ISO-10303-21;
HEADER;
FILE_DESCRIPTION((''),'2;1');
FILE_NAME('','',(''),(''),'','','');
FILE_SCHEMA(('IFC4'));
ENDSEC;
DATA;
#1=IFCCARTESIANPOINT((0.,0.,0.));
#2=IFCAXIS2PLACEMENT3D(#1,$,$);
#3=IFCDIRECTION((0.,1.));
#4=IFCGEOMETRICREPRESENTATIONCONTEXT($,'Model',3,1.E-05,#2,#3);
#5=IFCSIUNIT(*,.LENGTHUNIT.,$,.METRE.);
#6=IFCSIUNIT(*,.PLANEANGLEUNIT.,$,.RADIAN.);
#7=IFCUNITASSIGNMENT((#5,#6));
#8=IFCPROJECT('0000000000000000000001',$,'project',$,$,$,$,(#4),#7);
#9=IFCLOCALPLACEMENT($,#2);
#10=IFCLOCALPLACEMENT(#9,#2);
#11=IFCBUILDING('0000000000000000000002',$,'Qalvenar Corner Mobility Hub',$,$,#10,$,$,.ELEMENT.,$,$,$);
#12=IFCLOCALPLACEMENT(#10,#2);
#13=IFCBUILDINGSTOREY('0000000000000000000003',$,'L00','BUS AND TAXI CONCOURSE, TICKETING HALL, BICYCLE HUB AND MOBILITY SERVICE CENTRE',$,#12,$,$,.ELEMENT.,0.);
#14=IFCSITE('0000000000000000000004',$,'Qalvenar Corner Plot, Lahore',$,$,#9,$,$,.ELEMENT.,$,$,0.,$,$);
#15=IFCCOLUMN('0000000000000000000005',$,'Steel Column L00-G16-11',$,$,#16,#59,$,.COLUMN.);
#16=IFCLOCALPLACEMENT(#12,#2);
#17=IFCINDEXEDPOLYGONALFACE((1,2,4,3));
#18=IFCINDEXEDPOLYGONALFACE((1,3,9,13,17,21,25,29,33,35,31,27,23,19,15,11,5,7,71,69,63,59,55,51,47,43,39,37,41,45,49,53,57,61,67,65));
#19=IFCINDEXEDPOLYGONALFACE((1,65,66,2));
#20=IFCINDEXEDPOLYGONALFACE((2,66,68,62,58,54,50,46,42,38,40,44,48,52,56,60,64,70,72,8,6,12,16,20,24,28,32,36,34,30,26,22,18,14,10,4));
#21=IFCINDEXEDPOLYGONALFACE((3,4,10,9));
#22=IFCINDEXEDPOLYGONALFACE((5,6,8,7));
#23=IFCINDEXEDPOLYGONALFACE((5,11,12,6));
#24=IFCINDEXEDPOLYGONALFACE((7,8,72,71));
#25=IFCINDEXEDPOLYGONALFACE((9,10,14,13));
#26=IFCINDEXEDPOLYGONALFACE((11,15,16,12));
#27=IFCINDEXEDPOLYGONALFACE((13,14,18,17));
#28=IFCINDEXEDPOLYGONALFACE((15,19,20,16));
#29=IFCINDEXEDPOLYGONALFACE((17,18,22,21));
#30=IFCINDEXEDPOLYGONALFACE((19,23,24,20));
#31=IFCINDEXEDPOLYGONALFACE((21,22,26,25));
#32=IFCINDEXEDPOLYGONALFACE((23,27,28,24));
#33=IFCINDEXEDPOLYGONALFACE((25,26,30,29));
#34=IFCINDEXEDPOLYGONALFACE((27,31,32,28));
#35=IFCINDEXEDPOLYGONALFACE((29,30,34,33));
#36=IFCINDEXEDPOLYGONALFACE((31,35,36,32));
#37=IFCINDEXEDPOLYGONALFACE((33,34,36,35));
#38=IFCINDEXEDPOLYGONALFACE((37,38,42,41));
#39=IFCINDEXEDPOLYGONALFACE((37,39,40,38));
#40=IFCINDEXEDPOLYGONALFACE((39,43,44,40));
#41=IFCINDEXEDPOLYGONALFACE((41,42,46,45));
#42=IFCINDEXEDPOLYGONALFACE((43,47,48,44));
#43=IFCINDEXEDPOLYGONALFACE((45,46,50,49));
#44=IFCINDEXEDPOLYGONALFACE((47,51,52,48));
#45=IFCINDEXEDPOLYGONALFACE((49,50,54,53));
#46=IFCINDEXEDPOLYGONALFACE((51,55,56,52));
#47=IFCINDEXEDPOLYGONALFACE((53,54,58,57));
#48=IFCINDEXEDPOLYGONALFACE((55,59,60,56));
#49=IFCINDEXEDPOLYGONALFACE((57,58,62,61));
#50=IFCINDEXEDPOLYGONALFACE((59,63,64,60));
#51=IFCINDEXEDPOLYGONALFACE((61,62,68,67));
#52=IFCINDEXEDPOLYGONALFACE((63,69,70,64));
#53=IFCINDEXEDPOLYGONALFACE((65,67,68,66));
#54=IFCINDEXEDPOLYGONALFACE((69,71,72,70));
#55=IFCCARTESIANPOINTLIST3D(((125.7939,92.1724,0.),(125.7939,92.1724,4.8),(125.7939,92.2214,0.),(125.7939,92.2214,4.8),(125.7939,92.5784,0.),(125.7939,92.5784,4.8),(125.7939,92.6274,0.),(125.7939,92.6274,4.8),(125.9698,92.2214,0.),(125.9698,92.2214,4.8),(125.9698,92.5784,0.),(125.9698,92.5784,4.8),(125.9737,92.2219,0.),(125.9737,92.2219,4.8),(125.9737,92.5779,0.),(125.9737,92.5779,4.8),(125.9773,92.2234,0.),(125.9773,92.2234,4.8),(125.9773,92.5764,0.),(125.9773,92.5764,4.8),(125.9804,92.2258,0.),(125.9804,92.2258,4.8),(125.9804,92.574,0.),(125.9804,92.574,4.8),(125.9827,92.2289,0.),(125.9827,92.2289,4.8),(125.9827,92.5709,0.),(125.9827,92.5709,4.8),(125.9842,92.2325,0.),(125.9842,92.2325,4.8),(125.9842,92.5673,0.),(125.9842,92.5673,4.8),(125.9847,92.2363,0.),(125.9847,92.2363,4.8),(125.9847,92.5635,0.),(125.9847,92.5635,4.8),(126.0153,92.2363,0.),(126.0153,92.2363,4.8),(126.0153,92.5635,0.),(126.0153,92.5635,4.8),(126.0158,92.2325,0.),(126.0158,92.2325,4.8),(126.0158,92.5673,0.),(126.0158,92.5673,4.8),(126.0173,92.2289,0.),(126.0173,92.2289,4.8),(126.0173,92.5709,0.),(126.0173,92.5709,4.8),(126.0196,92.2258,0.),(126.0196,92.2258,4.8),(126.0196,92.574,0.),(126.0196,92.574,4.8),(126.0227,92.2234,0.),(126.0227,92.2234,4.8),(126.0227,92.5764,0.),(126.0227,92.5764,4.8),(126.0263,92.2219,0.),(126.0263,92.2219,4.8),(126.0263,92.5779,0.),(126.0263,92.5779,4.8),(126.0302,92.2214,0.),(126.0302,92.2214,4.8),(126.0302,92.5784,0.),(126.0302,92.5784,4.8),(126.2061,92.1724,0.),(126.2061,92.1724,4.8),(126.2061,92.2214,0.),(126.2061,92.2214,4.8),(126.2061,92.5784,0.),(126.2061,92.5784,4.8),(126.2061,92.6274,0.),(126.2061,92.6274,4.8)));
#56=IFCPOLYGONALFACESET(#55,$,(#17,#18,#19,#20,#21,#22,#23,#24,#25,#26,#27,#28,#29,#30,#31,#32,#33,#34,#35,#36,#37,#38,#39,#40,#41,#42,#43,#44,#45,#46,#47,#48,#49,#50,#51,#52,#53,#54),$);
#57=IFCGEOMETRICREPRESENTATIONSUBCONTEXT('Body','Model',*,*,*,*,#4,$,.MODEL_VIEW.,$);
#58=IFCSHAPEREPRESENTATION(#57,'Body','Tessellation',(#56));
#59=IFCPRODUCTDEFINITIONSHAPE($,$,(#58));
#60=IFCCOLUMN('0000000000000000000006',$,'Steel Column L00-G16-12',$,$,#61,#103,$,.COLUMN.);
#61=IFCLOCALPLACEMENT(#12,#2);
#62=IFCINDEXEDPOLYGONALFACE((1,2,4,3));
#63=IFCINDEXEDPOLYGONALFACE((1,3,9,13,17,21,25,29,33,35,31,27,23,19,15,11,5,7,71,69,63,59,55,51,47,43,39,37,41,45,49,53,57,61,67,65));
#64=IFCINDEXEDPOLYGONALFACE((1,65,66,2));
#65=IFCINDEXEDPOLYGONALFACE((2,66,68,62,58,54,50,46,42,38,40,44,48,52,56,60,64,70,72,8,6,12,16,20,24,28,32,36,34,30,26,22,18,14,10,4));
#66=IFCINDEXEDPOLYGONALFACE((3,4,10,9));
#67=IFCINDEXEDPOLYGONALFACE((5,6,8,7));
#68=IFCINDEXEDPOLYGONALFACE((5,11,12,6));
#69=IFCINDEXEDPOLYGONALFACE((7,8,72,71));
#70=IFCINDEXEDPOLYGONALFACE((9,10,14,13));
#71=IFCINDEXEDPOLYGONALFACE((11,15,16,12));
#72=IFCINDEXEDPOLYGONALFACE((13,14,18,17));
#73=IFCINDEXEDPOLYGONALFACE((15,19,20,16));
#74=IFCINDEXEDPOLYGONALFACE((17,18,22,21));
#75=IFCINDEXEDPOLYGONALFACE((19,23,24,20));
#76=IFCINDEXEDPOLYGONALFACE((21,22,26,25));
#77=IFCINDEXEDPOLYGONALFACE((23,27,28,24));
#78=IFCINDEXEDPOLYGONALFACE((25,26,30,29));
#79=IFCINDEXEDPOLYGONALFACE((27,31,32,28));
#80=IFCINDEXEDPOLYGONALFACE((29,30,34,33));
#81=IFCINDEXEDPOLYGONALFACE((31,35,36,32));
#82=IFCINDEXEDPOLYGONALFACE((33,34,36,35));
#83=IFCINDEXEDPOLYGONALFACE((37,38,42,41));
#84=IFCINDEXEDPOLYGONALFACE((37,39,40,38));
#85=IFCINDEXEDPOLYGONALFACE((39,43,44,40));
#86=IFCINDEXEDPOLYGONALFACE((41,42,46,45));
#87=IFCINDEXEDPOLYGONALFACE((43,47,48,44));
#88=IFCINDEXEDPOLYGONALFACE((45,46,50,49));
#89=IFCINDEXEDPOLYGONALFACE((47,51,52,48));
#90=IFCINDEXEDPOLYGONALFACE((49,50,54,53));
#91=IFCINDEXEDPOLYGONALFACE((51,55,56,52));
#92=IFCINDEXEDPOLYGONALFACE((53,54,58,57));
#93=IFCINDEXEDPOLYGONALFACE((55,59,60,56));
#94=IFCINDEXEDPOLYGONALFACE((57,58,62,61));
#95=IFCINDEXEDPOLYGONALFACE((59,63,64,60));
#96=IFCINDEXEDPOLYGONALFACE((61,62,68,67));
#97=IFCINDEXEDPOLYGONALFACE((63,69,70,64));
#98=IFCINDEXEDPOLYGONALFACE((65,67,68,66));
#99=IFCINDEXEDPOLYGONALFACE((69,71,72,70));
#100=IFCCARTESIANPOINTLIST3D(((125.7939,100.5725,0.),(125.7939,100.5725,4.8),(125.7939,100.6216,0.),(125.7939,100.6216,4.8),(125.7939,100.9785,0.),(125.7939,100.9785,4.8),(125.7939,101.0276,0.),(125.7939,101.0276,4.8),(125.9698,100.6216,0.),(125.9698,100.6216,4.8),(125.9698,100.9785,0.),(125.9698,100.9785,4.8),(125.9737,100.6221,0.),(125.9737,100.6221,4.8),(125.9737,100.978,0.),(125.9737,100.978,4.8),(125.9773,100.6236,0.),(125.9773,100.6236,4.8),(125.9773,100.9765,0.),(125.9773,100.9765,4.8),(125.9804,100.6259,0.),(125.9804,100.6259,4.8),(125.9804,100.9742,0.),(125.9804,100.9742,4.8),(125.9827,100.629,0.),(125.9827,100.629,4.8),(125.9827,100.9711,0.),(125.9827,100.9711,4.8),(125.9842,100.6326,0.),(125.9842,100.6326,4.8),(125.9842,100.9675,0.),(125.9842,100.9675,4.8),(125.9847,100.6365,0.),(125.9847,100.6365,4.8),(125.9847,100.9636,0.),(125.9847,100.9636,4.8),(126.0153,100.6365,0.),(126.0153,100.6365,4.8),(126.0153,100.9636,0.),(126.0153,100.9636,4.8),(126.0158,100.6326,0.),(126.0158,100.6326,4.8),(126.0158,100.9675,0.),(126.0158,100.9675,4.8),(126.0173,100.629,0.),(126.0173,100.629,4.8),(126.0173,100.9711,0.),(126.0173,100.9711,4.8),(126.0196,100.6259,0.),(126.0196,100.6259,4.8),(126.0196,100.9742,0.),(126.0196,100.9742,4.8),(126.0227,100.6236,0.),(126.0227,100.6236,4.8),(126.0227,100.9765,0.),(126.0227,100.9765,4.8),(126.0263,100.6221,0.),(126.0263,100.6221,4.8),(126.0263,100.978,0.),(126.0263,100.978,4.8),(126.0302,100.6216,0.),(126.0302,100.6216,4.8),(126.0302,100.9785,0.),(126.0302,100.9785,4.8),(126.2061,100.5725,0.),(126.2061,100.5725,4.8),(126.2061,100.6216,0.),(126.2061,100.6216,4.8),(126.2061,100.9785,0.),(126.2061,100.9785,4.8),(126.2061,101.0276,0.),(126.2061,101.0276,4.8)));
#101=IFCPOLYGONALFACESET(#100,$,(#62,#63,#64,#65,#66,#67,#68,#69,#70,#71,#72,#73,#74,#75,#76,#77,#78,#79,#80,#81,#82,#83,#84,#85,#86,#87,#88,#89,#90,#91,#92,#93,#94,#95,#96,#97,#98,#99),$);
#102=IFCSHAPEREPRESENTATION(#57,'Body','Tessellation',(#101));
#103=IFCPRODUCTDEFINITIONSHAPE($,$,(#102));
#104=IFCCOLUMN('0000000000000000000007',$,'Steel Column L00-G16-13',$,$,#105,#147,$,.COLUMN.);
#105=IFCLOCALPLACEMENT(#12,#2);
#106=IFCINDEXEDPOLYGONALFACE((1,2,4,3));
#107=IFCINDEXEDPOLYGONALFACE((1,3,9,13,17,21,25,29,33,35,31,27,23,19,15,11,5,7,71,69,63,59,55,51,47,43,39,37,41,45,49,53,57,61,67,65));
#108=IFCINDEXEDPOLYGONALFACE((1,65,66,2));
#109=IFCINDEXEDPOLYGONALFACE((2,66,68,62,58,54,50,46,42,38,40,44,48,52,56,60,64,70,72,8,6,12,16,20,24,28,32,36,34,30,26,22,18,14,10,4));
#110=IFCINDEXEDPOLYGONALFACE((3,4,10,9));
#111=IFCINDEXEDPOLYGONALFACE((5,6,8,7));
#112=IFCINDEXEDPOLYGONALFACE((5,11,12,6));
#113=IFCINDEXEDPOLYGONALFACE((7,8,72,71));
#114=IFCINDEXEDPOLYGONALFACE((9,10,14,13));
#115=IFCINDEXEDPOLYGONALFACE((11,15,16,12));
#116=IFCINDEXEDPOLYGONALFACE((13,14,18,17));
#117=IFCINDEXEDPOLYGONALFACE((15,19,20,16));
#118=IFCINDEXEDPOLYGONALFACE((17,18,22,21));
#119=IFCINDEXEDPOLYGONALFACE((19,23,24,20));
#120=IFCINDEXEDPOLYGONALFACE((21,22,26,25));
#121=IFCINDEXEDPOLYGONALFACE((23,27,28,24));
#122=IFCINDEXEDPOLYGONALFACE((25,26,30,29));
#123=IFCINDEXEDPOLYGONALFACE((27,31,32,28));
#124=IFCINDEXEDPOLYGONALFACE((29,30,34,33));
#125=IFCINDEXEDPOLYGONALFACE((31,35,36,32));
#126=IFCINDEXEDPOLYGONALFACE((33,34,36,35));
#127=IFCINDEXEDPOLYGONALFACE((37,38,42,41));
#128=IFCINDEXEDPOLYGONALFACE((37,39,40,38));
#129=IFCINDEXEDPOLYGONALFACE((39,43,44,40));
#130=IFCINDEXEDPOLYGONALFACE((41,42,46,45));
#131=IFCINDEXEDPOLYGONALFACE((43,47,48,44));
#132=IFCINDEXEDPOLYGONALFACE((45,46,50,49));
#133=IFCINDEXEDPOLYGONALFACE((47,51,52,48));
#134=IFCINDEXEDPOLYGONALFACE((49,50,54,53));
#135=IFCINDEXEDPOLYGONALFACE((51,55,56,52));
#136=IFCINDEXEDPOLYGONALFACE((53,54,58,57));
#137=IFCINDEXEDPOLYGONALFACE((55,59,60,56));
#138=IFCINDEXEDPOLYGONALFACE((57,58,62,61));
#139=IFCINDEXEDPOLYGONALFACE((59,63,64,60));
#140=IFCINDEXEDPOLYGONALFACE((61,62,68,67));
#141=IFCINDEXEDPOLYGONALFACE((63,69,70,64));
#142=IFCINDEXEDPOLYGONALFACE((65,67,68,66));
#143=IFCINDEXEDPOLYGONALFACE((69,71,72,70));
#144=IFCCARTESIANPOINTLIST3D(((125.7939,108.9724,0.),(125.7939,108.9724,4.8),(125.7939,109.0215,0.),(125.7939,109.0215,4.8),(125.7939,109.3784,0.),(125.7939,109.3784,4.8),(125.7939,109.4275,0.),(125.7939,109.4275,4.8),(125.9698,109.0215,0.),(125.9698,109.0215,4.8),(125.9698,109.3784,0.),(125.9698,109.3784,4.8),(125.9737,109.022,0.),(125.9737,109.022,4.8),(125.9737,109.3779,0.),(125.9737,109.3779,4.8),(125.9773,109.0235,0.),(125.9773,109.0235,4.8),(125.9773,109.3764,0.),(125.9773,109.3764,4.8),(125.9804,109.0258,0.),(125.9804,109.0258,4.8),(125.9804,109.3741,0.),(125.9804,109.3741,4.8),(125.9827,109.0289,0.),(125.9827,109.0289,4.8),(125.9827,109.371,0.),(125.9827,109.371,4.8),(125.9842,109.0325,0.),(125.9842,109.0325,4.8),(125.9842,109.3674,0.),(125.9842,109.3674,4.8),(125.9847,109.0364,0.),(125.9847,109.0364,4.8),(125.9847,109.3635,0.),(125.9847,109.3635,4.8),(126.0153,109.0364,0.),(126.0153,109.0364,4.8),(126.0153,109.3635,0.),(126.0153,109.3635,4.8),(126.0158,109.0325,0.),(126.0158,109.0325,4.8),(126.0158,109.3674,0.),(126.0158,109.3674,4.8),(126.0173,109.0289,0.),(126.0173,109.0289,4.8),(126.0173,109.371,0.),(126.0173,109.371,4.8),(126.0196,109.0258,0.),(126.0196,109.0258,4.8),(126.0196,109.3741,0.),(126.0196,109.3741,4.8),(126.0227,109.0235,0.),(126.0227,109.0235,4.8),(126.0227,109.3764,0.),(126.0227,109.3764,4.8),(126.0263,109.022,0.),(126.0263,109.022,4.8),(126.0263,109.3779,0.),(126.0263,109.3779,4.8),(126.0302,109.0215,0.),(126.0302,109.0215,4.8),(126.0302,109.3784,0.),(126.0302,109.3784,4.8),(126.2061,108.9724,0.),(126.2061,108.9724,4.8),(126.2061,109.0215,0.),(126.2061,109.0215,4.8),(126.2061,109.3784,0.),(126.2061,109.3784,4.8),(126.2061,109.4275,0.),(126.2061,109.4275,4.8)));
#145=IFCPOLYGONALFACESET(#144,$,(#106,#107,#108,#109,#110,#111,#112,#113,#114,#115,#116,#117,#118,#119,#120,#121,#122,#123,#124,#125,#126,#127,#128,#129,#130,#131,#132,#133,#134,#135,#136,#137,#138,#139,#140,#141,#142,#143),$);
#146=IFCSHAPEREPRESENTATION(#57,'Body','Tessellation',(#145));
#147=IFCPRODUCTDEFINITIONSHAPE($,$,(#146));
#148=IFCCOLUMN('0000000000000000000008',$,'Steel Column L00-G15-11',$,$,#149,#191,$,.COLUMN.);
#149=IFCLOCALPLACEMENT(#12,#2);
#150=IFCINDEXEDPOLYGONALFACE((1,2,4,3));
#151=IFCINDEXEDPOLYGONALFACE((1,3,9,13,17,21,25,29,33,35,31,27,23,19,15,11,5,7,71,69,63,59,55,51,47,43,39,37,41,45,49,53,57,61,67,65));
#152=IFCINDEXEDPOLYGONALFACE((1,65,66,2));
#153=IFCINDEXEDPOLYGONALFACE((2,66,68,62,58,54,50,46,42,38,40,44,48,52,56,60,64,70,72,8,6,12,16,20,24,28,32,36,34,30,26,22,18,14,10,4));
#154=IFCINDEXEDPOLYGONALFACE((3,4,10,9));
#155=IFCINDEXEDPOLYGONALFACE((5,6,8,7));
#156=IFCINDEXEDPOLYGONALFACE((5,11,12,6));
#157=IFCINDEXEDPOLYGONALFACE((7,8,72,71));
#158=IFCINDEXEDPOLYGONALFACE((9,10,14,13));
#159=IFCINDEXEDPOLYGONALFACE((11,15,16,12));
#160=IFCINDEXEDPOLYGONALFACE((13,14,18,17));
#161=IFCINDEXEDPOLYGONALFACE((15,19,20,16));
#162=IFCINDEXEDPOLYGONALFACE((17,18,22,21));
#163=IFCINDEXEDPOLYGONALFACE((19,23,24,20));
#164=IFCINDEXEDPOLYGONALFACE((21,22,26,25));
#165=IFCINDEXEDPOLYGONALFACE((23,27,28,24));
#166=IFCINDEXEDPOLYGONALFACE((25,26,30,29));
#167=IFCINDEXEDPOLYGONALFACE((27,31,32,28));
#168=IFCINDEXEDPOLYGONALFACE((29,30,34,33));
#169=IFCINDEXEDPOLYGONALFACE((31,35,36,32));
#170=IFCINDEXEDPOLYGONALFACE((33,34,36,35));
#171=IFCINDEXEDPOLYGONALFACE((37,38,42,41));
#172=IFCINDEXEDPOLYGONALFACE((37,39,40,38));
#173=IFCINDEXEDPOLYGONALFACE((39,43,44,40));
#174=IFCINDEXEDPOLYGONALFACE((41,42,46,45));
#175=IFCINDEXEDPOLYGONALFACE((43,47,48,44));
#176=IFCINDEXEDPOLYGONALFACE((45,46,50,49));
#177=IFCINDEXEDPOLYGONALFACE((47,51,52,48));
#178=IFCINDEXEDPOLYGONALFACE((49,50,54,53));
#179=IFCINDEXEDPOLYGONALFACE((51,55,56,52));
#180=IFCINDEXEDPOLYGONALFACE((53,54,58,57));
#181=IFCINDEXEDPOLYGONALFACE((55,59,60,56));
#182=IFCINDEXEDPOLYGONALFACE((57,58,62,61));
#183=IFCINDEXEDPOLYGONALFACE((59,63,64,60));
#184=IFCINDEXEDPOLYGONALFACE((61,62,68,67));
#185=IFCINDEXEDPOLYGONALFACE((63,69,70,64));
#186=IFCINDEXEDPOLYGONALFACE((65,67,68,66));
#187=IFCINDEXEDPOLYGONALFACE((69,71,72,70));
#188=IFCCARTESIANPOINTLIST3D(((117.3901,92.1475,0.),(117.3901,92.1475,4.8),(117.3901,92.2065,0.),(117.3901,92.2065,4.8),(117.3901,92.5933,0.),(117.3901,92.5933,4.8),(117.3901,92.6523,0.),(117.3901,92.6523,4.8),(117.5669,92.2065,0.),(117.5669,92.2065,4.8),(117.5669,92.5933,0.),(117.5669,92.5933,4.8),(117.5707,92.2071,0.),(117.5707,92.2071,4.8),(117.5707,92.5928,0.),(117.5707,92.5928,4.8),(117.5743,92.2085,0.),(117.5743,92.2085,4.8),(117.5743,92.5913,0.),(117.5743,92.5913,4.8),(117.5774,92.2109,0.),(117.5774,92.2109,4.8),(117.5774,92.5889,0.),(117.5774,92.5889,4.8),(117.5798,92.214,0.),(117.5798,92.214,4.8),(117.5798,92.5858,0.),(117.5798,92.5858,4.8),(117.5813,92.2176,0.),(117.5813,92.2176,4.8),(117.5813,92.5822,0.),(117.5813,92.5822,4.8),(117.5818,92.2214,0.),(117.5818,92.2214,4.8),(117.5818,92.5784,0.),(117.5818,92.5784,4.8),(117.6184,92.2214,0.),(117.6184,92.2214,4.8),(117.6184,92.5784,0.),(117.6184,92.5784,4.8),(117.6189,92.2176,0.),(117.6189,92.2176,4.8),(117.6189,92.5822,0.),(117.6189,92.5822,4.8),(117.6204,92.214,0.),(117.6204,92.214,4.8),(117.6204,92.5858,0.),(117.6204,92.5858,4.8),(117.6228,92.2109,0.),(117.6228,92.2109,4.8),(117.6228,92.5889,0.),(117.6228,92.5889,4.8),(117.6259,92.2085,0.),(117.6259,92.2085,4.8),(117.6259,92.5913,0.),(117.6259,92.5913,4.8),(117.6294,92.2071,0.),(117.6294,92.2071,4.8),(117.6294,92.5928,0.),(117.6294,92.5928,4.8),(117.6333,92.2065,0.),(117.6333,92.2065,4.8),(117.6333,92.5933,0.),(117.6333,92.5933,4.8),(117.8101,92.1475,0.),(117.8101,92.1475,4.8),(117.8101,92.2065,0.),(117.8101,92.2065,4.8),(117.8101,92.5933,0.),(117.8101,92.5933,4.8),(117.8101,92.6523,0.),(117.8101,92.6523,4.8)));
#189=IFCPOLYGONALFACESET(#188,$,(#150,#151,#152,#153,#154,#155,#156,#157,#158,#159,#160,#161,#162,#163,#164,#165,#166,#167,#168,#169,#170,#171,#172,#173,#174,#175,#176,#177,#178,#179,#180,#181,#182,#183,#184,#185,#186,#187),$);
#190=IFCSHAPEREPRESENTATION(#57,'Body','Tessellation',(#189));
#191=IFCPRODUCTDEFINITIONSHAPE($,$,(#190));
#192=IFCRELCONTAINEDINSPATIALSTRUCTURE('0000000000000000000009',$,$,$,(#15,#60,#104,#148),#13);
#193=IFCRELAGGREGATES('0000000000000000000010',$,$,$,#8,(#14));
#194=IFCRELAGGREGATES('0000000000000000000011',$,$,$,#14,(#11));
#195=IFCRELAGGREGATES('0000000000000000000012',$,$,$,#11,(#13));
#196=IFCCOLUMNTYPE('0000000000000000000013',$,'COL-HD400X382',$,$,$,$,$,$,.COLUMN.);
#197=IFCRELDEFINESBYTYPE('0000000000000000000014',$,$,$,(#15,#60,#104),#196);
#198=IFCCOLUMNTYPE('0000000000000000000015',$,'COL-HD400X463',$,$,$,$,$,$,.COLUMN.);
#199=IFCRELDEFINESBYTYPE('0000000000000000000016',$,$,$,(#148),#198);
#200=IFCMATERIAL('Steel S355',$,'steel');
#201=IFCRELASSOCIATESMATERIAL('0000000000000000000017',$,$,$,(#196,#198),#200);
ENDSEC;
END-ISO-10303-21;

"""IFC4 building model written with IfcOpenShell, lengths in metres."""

from ifc_helpers import new_model, si_unit, direction, frame, origin, origin_2d, place, context, subcontext, project, spatial, i_section, extrude, material, material_profile, profile_set, type_object, element, save


model = new_model("IFC4")

# Units and contexts
model_context = context("Model", 3, precision=1e-05, world=origin(), true_north=direction((0.0, 1.0)))
body_context = subcontext(model_context, "Body", "Model", "MODEL_VIEW")
ifc_project = project(units=[si_unit("LENGTHUNIT", "METRE"), si_unit("PLANEANGLEUNIT", "RADIAN")], contexts=[model_context])

# Site, building, storey
site_placement = place(None, origin())
site = spatial("IfcSite", under=ifc_project, at=site_placement, Name="Qalvenar Corner Plot, Lahore", CompositionType="ELEMENT", RefElevation=0.0)
building_placement = place(site_placement, origin())
building = spatial("IfcBuilding", under=site, at=building_placement, Name="Qalvenar Corner Mobility Hub", CompositionType="ELEMENT")
storey_placement = place(building_placement, origin())
storey = spatial("IfcBuildingStorey", under=building, at=storey_placement, Name="L00", Description="BUS AND TAXI CONCOURSE, TICKETING HALL, BICYCLE HUB AND MOBILITY SERVICE CENTRE", CompositionType="ELEMENT", Elevation=0.0)

# Columns
ifc_material = material(Name="Steel S355", Category="steel")
ifc_material_profile_1 = material_profile(ifc_material, i_section(OverallWidth=0.4121, OverallDepth=0.4551, WebThickness=0.0305, FlangeThickness=0.0491, FilletRadius=0.0149, at=origin_2d()), Name="HD400x421")
ifc_profile_set_1 = profile_set([ifc_material_profile_1], Name="Steel S355")
column_type_1 = type_object("IfcColumnType", Name="COL-HD400X382", PredefinedType="COLUMN", material=ifc_profile_set_1)
for number, where, z_axis, x_axis, name in (
    (1, (126.0, 92.3999, 0.0), (0.0, 0.0, 1.0), (1.0, 0.0, 0.0), "Steel Column L00-G16-11"),
    (2, (126.0, 100.8, 0.0), (0.0, 0.0, 1.0), (1.0, 0.0, 0.0), "Steel Column L00-G16-12"),
    (3, (126.0, 109.2, 0.0), (0.0, 0.0, 1.0), (1.0, 0.0, 0.0), "Steel Column L00-G16-13"),
):
    element("IfcColumn", number, at=place(storey_placement, frame(where, z_axis=z_axis, x_axis=x_axis)), inside=storey, type_object=column_type_1, Name=name, PredefinedType="COLUMN", context=body_context, shape_type="SweptSolid", body=[
        extrude(i_section(OverallWidth=0.4121, OverallDepth=0.4551, WebThickness=0.0305, FlangeThickness=0.0491, FilletRadius=0.0149, at=origin_2d()), origin(), (0.0, 0.0, 1.0), 4.8),
    ])
ifc_material_profile_2 = material_profile(ifc_material, i_section(OverallWidth=0.4199, OverallDepth=0.5049, WebThickness=0.0366, FlangeThickness=0.0591, FilletRadius=0.0149, at=origin_2d()), Name="HD400x551")
ifc_profile_set_2 = profile_set([ifc_material_profile_2], Name="Steel S355")
column_type_2 = type_object("IfcColumnType", Name="COL-HD400X463", PredefinedType="COLUMN", material=ifc_profile_set_2)
for number, where, z_axis, x_axis, name in (
    (4, (117.6001, 92.3999, 0.0), (0.0, 0.0, 1.0), (1.0, 0.0, 0.0), "Steel Column L00-G15-11"),
):
    element("IfcColumn", number, at=place(storey_placement, frame(where, z_axis=z_axis, x_axis=x_axis)), inside=storey, type_object=column_type_2, Name=name, PredefinedType="COLUMN", context=body_context, shape_type="SweptSolid", body=[
        extrude(i_section(OverallWidth=0.4199, OverallDepth=0.5049, WebThickness=0.0366, FlangeThickness=0.0591, FilletRadius=0.0149, at=origin_2d()), origin(), (0.0, 0.0, 1.0), 4.8),
    ])

save(model, "model.ifc")
